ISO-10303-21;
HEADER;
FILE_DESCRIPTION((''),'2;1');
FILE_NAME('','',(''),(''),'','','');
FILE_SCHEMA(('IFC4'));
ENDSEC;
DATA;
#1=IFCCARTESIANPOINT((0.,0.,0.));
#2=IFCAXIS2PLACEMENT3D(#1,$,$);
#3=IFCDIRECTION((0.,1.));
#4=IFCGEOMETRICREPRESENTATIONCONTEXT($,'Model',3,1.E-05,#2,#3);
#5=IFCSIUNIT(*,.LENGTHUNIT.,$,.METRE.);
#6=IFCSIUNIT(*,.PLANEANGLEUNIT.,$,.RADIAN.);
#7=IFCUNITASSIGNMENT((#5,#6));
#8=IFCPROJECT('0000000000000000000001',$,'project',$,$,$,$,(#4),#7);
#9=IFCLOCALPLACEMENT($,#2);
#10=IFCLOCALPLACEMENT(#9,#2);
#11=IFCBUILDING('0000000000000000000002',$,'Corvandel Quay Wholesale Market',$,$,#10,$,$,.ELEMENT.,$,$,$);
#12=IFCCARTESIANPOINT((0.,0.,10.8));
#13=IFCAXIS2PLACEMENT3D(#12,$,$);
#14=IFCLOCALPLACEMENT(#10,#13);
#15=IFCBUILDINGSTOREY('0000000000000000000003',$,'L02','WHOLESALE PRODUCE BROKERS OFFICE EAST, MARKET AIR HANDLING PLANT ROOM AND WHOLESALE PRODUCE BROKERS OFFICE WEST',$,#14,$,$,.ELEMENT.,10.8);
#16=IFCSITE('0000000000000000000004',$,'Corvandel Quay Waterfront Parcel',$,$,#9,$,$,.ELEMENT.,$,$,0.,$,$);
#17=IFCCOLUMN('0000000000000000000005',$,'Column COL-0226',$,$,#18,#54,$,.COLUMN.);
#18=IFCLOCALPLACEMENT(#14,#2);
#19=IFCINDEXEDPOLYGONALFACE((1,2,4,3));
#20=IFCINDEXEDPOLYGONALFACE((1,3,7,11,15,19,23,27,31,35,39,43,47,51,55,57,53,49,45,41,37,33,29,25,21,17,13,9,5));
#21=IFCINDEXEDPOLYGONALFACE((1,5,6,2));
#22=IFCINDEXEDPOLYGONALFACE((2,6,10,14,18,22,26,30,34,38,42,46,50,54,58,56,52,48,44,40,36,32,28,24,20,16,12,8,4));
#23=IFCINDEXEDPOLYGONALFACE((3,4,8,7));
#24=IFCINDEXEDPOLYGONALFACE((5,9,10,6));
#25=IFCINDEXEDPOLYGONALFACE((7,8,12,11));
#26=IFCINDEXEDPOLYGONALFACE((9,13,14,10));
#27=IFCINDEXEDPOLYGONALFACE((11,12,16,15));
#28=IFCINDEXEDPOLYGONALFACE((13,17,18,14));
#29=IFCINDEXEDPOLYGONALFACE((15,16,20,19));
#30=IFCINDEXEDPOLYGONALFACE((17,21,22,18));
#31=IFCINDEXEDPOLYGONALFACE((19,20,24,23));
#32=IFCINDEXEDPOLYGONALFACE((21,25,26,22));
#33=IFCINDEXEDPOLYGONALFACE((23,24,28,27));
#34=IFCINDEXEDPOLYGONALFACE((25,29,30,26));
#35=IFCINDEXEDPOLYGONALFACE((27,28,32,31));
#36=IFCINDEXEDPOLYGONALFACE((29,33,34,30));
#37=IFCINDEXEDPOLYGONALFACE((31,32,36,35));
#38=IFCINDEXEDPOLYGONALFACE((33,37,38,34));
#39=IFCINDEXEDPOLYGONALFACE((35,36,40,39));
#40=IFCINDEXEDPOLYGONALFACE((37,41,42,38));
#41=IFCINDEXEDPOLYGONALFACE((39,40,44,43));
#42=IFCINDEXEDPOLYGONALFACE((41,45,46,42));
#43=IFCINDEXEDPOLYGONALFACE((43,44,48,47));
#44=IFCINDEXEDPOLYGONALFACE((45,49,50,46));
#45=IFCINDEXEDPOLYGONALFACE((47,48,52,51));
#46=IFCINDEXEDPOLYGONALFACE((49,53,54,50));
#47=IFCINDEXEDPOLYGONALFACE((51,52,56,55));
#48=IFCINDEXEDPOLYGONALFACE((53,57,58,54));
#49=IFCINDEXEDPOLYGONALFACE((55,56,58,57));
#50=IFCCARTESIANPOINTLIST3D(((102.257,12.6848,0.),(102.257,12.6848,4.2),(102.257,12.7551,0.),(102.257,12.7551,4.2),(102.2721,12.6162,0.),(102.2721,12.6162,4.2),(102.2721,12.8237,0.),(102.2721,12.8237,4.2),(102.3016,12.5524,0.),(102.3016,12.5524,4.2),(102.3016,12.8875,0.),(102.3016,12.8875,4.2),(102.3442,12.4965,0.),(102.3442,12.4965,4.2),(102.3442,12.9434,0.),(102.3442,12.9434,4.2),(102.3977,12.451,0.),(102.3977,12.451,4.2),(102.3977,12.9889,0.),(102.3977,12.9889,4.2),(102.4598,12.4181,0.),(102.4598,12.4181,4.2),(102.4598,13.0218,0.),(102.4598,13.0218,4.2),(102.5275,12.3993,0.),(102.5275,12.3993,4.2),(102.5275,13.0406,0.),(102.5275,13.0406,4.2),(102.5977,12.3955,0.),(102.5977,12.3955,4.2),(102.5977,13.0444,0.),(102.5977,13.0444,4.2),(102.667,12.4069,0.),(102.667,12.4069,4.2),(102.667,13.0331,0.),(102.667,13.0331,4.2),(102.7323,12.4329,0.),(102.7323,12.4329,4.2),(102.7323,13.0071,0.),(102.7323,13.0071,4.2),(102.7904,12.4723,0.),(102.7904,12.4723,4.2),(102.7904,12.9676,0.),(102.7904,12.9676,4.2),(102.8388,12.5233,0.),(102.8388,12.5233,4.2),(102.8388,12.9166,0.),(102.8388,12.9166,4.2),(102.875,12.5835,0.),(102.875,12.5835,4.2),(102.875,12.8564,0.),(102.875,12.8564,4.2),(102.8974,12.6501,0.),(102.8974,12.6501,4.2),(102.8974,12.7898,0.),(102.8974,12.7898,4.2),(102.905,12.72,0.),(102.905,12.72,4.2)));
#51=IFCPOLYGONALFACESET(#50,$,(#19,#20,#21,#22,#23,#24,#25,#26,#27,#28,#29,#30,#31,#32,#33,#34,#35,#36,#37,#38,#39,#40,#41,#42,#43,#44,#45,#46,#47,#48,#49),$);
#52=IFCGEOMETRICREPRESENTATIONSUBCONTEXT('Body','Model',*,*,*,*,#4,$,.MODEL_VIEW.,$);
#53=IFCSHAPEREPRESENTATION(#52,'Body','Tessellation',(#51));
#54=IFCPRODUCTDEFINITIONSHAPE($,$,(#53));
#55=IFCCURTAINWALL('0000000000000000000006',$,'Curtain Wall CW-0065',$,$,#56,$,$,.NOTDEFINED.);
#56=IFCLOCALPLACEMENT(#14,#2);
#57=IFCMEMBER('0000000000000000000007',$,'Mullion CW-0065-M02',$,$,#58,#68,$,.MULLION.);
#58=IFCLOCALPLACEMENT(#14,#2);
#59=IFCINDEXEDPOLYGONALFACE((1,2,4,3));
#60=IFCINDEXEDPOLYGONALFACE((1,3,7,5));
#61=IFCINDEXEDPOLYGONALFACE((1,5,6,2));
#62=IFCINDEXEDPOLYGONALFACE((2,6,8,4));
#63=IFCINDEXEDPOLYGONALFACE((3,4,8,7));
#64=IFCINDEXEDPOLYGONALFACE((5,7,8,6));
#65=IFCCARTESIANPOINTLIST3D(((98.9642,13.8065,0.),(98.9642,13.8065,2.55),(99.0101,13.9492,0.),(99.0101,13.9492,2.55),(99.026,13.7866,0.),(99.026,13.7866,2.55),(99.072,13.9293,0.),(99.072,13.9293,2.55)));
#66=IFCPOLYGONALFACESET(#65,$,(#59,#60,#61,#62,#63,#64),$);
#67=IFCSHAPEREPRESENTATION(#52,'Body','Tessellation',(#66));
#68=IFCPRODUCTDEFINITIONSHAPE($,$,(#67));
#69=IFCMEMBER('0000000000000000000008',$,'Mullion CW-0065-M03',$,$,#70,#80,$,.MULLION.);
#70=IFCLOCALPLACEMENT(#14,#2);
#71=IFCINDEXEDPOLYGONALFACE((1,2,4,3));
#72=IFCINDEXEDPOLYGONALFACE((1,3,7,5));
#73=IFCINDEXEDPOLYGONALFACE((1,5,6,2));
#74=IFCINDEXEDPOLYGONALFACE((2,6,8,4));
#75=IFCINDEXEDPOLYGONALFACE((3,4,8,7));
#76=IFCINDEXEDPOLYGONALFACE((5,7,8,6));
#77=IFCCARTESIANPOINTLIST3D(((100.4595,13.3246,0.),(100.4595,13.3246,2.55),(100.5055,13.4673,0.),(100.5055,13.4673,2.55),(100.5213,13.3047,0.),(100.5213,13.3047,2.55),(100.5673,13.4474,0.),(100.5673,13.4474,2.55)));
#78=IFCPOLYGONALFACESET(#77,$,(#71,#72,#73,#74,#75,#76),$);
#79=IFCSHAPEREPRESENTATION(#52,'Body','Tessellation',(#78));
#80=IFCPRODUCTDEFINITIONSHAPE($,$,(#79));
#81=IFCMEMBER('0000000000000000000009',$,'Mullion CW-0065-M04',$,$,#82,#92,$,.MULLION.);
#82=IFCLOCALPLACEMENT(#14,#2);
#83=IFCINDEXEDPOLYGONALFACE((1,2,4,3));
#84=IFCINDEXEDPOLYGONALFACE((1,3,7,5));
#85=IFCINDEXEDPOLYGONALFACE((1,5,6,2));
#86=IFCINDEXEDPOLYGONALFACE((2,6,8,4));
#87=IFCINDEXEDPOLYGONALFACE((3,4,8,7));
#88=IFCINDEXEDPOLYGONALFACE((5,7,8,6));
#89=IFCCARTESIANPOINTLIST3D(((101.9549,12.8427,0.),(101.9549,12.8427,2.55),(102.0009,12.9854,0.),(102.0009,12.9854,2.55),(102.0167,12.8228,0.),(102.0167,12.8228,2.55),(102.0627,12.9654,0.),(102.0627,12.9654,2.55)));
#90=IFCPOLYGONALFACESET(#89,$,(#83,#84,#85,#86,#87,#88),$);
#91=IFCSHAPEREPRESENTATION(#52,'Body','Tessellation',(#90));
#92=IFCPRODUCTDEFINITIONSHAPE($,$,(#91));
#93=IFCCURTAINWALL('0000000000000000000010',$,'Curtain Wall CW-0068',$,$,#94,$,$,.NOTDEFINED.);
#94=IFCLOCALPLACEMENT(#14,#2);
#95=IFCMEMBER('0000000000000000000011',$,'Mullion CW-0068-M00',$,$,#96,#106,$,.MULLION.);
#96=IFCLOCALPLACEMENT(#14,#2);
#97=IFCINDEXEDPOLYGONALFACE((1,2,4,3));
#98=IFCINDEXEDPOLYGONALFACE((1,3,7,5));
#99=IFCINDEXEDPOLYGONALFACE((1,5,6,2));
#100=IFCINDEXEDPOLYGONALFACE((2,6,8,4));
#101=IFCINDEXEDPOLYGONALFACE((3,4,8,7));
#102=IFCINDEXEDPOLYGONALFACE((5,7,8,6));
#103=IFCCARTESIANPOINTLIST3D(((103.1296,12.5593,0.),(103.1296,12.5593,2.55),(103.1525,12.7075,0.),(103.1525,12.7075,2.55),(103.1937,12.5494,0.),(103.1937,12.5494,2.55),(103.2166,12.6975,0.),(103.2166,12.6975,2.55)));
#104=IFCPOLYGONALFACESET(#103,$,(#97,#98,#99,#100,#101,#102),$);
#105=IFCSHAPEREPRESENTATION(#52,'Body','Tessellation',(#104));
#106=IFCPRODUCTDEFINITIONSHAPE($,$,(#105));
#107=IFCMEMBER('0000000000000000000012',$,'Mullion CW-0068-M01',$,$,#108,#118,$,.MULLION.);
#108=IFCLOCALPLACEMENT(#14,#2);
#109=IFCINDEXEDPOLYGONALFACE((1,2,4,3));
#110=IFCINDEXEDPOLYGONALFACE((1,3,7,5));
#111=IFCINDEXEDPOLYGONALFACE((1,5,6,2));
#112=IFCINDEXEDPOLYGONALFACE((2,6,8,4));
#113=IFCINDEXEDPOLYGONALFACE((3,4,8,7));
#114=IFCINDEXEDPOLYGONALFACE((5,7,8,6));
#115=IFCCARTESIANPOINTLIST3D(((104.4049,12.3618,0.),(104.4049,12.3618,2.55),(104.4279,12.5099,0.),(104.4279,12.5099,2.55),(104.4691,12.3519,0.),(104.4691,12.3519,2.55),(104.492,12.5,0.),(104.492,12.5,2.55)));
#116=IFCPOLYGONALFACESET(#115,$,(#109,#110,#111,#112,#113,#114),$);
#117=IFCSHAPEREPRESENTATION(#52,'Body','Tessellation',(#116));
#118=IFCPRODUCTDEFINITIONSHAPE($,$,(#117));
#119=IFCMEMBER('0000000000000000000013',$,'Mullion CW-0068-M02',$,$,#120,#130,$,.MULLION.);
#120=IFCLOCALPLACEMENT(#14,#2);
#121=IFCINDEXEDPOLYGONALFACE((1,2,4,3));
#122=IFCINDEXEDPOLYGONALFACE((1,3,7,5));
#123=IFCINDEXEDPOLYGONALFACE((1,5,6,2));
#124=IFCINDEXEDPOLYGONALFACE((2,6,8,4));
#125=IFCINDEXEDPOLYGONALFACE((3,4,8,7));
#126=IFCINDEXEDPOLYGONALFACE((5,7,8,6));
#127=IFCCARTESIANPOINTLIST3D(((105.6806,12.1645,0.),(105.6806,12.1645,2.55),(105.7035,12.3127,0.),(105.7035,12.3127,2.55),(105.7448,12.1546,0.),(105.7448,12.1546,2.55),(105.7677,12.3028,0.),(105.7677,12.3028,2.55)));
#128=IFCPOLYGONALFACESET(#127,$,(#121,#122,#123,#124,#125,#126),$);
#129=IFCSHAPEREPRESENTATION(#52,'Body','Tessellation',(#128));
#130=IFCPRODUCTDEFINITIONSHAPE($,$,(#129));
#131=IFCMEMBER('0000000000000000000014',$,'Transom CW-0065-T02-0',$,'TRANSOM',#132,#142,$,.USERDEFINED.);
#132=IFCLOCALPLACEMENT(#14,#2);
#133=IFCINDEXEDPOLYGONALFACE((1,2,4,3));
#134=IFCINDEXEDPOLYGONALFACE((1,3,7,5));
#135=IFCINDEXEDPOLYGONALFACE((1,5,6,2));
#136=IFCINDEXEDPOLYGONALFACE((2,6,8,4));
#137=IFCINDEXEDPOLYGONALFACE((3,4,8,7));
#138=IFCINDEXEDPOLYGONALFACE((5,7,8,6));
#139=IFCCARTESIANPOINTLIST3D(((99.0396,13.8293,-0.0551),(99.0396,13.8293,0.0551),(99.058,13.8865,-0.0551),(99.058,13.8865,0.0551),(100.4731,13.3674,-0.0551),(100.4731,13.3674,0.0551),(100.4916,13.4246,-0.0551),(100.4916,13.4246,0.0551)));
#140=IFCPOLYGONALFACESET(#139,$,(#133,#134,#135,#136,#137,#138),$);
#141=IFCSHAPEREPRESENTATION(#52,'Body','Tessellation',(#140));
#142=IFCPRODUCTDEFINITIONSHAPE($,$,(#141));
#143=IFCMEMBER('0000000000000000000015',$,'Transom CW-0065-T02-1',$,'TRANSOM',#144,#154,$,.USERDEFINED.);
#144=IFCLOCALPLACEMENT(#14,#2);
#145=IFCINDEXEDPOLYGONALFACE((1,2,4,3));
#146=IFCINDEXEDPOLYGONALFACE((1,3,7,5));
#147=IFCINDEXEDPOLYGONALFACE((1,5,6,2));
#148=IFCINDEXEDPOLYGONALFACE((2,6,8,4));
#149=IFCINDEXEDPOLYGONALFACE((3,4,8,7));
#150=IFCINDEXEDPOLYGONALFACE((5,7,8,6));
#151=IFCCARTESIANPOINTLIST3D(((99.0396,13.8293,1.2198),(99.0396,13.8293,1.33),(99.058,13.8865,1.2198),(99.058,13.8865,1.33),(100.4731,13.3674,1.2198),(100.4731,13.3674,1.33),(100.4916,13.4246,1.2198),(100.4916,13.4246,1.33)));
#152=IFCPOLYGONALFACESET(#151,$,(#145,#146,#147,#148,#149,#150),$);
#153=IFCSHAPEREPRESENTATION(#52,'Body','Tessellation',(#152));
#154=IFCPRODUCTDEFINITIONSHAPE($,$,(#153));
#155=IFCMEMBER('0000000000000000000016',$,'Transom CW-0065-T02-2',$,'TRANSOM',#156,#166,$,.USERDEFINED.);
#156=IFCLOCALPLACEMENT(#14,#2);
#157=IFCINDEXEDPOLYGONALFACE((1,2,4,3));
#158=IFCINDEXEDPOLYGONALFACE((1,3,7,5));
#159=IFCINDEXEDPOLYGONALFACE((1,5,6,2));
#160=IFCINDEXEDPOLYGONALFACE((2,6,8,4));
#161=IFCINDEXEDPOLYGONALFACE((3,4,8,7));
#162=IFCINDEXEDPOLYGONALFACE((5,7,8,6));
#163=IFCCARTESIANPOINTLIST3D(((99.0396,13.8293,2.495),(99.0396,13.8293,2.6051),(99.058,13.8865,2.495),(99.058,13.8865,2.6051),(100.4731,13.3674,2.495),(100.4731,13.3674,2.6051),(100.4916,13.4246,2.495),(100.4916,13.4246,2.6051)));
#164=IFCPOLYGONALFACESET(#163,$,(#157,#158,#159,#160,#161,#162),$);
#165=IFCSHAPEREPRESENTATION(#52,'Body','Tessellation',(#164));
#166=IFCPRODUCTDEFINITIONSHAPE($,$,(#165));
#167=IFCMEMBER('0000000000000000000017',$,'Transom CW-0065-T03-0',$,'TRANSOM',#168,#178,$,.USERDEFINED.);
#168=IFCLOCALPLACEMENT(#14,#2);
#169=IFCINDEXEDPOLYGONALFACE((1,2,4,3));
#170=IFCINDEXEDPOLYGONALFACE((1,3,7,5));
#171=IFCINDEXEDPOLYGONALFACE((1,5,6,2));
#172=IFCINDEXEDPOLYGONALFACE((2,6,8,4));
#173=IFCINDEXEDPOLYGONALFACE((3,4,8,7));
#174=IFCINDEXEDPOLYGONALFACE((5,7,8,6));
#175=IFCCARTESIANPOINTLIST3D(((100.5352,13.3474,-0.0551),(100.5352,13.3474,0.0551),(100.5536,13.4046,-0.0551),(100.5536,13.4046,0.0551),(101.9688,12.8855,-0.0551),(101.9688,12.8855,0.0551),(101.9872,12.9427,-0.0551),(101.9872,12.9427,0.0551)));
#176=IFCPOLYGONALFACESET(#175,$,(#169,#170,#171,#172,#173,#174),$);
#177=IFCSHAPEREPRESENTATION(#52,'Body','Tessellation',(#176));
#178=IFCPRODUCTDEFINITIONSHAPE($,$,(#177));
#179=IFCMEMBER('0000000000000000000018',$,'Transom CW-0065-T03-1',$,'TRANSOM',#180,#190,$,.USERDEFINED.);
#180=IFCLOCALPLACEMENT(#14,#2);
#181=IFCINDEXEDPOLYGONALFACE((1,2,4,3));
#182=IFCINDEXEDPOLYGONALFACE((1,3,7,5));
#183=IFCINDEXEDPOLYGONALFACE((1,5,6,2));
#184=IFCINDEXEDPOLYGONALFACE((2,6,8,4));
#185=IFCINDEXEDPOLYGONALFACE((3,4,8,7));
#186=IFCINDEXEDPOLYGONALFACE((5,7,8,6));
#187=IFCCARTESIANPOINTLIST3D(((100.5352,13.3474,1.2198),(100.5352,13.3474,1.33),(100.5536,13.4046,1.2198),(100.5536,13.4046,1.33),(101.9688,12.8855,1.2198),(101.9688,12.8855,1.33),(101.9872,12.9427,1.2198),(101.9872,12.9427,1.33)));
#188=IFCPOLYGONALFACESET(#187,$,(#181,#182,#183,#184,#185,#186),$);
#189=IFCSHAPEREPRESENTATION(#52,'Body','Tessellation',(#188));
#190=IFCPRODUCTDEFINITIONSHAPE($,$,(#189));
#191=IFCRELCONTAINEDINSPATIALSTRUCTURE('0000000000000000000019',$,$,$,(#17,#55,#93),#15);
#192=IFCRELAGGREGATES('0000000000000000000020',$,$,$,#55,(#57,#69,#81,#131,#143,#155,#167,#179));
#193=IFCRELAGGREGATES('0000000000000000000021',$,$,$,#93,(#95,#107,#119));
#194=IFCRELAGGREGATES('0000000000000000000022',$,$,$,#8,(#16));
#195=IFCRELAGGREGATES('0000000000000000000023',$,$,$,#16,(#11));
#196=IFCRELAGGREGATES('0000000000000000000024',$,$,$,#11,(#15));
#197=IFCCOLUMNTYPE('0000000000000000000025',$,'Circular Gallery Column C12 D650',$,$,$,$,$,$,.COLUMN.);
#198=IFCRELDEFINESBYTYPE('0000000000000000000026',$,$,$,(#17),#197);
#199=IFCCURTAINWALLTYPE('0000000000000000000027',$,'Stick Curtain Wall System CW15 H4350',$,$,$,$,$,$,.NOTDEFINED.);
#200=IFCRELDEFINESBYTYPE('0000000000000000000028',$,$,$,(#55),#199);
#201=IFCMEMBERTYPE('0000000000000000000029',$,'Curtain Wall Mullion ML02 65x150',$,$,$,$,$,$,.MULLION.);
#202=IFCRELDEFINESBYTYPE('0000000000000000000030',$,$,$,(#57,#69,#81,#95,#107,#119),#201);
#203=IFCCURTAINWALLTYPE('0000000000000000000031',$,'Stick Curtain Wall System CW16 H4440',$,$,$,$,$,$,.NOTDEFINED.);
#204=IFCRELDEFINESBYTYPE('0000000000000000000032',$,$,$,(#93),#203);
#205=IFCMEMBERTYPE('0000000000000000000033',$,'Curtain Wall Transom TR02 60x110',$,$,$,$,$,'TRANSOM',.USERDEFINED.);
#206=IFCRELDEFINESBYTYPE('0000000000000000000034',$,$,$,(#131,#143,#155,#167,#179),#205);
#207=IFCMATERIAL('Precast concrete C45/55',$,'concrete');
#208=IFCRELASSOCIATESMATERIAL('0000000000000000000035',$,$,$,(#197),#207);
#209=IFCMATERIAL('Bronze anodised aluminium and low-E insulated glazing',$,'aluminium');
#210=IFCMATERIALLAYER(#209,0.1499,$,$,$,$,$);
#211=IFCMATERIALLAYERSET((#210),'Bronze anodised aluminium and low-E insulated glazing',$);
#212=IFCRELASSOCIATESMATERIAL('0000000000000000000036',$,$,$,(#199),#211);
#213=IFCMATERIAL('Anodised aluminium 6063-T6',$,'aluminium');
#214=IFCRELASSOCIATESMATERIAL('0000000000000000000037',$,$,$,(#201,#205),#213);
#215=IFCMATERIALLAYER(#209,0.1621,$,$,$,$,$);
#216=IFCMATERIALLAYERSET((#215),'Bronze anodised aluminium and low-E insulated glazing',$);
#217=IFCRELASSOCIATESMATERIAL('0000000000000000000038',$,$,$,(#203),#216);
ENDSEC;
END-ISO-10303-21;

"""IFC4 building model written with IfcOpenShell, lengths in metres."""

from ifc_helpers import new_model, si_unit, direction, frame, origin, origin_2d, place, context, subcontext, project, spatial, rectangle, circle, extrude, material, layer, layer_set, material_profile, profile_set, type_object, element, aggregate, save


model = new_model("IFC4")

# Units and contexts
model_context = context("Model", 3, precision=1e-05, world=origin(), true_north=direction((0.0, 1.0)))
body_context = subcontext(model_context, "Body", "Model", "MODEL_VIEW")
ifc_project = project(units=[si_unit("LENGTHUNIT", "METRE"), si_unit("PLANEANGLEUNIT", "RADIAN")], contexts=[model_context])

# Site, building, storey
site_placement = place(None, origin())
site = spatial("IfcSite", under=ifc_project, at=site_placement, Name="Corvandel Quay Waterfront Parcel", CompositionType="ELEMENT", RefElevation=0.0)
building_placement = place(site_placement, origin())
building = spatial("IfcBuilding", under=site, at=building_placement, Name="Corvandel Quay Wholesale Market", CompositionType="ELEMENT")
storey_placement = place(building_placement, frame((0.0, 0.0, 10.8)))
storey = spatial("IfcBuildingStorey", under=building, at=storey_placement, Name="L02", Description="WHOLESALE PRODUCE BROKERS OFFICE EAST, MARKET AIR HANDLING PLANT ROOM AND WHOLESALE PRODUCE BROKERS OFFICE WEST", CompositionType="ELEMENT", Elevation=10.8)

# Column
ifc_material_1 = material(Name="Precast concrete C45/55", Category="concrete")
ifc_material_profile_1 = material_profile(ifc_material_1, circle(Radius=0.325, at=origin_2d()), Name="PC-COL-D650")
ifc_profile_set_1 = profile_set([ifc_material_profile_1], Name="Precast concrete C45/55")
column_type = type_object("IfcColumnType", Name="Circular Gallery Column C12 D650", PredefinedType="COLUMN", material=ifc_profile_set_1)
column_placement = place(storey_placement, frame((102.5801, 12.72, 0.0), z_axis=(0.0, 0.0, 1.0), x_axis=(1.0, 0.0, 0.0)))
element("IfcColumn", 1, at=column_placement, inside=storey, type_object=column_type, Name="Column COL-0226", PredefinedType="COLUMN", context=body_context, shape_type="SweptSolid", body=[
    extrude(circle(Radius=0.325, at=origin_2d()), origin(), (0.0, 0.0, 1.0), 4.2),
])

# Curtain walls, members
ifc_material_2 = material(Name="Bronze anodised aluminium and low-E insulated glazing", Category="aluminium")
ifc_layer_1 = layer(ifc_material_2, 0.1499)
ifc_layer_set_1 = layer_set([ifc_layer_1], Name="Bronze anodised aluminium and low-E insulated glazing")
curtain_wall_type_1 = type_object("IfcCurtainWallType", Name="Stick Curtain Wall System CW15 H4350", PredefinedType="NOTDEFINED", material=ifc_layer_set_1)
curtain_wall_1_placement = place(storey_placement, origin())
curtain_wall_1 = element("IfcCurtainWall", 2, at=curtain_wall_1_placement, inside=storey, type_object=curtain_wall_type_1, Name="Curtain Wall CW-0065", PredefinedType="NOTDEFINED")
ifc_material_3 = material(Name="Anodised aluminium 6063-T6", Category="aluminium")
ifc_material_profile_2 = material_profile(ifc_material_3, rectangle(XDim=0.0649, YDim=0.1499, at=origin_2d()), Name="ALU-MUL-65x150")
ifc_profile_set_2 = profile_set([ifc_material_profile_2], Name="Anodised aluminium 6063-T6")
member_type_1 = type_object("IfcMemberType", Name="Curtain Wall Mullion ML02 65x150", PredefinedType="MULLION", material=ifc_profile_set_2)
member_1_placement = place(storey_placement, frame((99.0181, 13.8679, 0.0), z_axis=(0.0, 0.0, 1.0), x_axis=(-0.951809, 0.306692, 0.0)))
member_1 = element("IfcMember", 3, at=member_1_placement, type_object=member_type_1, Name="Mullion CW-0065-M02", PredefinedType="MULLION", context=body_context, shape_type="SweptSolid", body=[
    extrude(rectangle(XDim=0.0649, YDim=0.1499, at=origin_2d()), origin(), (0.0, 0.0, 1.0), 2.55),
])
member_2_placement = place(storey_placement, frame((100.5134, 13.386, 0.0), z_axis=(0.0, 0.0, 1.0), x_axis=(-0.951809, 0.306692, 0.0)))
member_2 = element("IfcMember", 4, at=member_2_placement, type_object=member_type_1, Name="Mullion CW-0065-M03", PredefinedType="MULLION", context=body_context, shape_type="SweptSolid", body=[
    extrude(rectangle(XDim=0.0649, YDim=0.1499, at=origin_2d()), origin(), (0.0, 0.0, 1.0), 2.55),
])
member_3_placement = place(storey_placement, frame((102.0088, 12.9041, 0.0), z_axis=(0.0, 0.0, 1.0), x_axis=(-0.951809, 0.306692, 0.0)))
member_3 = element("IfcMember", 5, at=member_3_placement, type_object=member_type_1, Name="Mullion CW-0065-M04", PredefinedType="MULLION", context=body_context, shape_type="SweptSolid", body=[
    extrude(rectangle(XDim=0.0649, YDim=0.1499, at=origin_2d()), origin(), (0.0, 0.0, 1.0), 2.55),
])
ifc_layer_2 = layer(ifc_material_2, 0.1621)
ifc_layer_set_2 = layer_set([ifc_layer_2], Name="Bronze anodised aluminium and low-E insulated glazing")
curtain_wall_type_2 = type_object("IfcCurtainWallType", Name="Stick Curtain Wall System CW16 H4440", PredefinedType="NOTDEFINED", material=ifc_layer_set_2)
curtain_wall_2_placement = place(storey_placement, origin())
curtain_wall_2 = element("IfcCurtainWall", 6, at=curtain_wall_2_placement, inside=storey, type_object=curtain_wall_type_2, Name="Curtain Wall CW-0068", PredefinedType="NOTDEFINED")
member_4_placement = place(storey_placement, frame((103.1731, 12.6284, 0.0), z_axis=(0.0, 0.0, 1.0), x_axis=(-0.988255, 0.152813, 0.0)))
member_4 = element("IfcMember", 7, at=member_4_placement, type_object=member_type_1, Name="Mullion CW-0068-M00", PredefinedType="MULLION", context=body_context, shape_type="SweptSolid", body=[
    extrude(rectangle(XDim=0.0649, YDim=0.1499, at=origin_2d()), origin(), (0.0, 0.0, 1.0), 2.55),
])
member_5_placement = place(storey_placement, frame((104.4485, 12.4309, 0.0), z_axis=(0.0, 0.0, 1.0), x_axis=(-0.988255, 0.152813, 0.0)))
member_5 = element("IfcMember", 8, at=member_5_placement, type_object=member_type_1, Name="Mullion CW-0068-M01", PredefinedType="MULLION", context=body_context, shape_type="SweptSolid", body=[
    extrude(rectangle(XDim=0.0649, YDim=0.1499, at=origin_2d()), origin(), (0.0, 0.0, 1.0), 2.55),
])
member_6_placement = place(storey_placement, frame((105.7241, 12.2336, 0.0), z_axis=(0.0, 0.0, 1.0), x_axis=(-0.988255, 0.152813, 0.0)))
member_6 = element("IfcMember", 9, at=member_6_placement, type_object=member_type_1, Name="Mullion CW-0068-M02", PredefinedType="MULLION", context=body_context, shape_type="SweptSolid", body=[
    extrude(rectangle(XDim=0.0649, YDim=0.1499, at=origin_2d()), origin(), (0.0, 0.0, 1.0), 2.55),
])

# Members
ifc_material_profile_3 = material_profile(ifc_material_3, rectangle(XDim=0.0601, YDim=0.1101, at=origin_2d()), Name="ALU-TRN-60x110")
ifc_profile_set_3 = profile_set([ifc_material_profile_3], Name="Anodised aluminium 6063-T6")
member_type_2 = type_object("IfcMemberType", Name="Curtain Wall Transom TR02 60x110", ElementType="TRANSOM", PredefinedType="USERDEFINED", material=ifc_profile_set_3)
member_7_placement = place(storey_placement, frame((99.0488, 13.8579, 0.0), z_axis=(0.951812, -0.306681, 0.0), x_axis=(0.306681, 0.951812, 0.0)))
member_7 = element("IfcMember", 10, at=member_7_placement, type_object=member_type_2, Name="Transom CW-0065-T02-0", ObjectType="TRANSOM", PredefinedType="USERDEFINED", context=body_context, shape_type="SweptSolid", body=[
    extrude(rectangle(XDim=0.0601, YDim=0.1101, at=origin_2d()), origin(), (0.0, 0.0, 1.0), 1.5061),
])
member_8_placement = place(storey_placement, frame((99.0488, 13.8579, 1.2749), z_axis=(0.951812, -0.306681, 0.0), x_axis=(0.306681, 0.951812, 0.0)))
member_8 = element("IfcMember", 11, at=member_8_placement, type_object=member_type_2, Name="Transom CW-0065-T02-1", ObjectType="TRANSOM", PredefinedType="USERDEFINED", context=body_context, shape_type="SweptSolid", body=[
    extrude(rectangle(XDim=0.0601, YDim=0.1101, at=origin_2d()), origin(), (0.0, 0.0, 1.0), 1.5061),
])
member_9_placement = place(storey_placement, frame((99.0488, 13.8579, 2.55), z_axis=(0.951812, -0.306681, 0.0), x_axis=(0.306681, 0.951812, 0.0)))
member_9 = element("IfcMember", 12, at=member_9_placement, type_object=member_type_2, Name="Transom CW-0065-T02-2", ObjectType="TRANSOM", PredefinedType="USERDEFINED", context=body_context, shape_type="SweptSolid", body=[
    extrude(rectangle(XDim=0.0601, YDim=0.1101, at=origin_2d()), origin(), (0.0, 0.0, 1.0), 1.5061),
])
member_10_placement = place(storey_placement, frame((100.5444, 13.376, 0.0), z_axis=(0.951812, -0.306681, 0.0), x_axis=(0.306681, 0.951812, 0.0)))
member_10 = element("IfcMember", 13, at=member_10_placement, type_object=member_type_2, Name="Transom CW-0065-T03-0", ObjectType="TRANSOM", PredefinedType="USERDEFINED", context=body_context, shape_type="SweptSolid", body=[
    extrude(rectangle(XDim=0.0601, YDim=0.1101, at=origin_2d()), origin(), (0.0, 0.0, 1.0), 1.5061),
])
member_11_placement = place(storey_placement, frame((100.5444, 13.376, 1.2749), z_axis=(0.951812, -0.306681, 0.0), x_axis=(0.306681, 0.951812, 0.0)))
member_11 = element("IfcMember", 14, at=member_11_placement, type_object=member_type_2, Name="Transom CW-0065-T03-1", ObjectType="TRANSOM", PredefinedType="USERDEFINED", context=body_context, shape_type="SweptSolid", body=[
    extrude(rectangle(XDim=0.0601, YDim=0.1101, at=origin_2d()), origin(), (0.0, 0.0, 1.0), 1.5061),
])

aggregate(curtain_wall_1, [member_1, member_2, member_3, member_7, member_8, member_9, member_10, member_11])
aggregate(curtain_wall_2, [member_4, member_5, member_6])

save(model, "model.ifc")
